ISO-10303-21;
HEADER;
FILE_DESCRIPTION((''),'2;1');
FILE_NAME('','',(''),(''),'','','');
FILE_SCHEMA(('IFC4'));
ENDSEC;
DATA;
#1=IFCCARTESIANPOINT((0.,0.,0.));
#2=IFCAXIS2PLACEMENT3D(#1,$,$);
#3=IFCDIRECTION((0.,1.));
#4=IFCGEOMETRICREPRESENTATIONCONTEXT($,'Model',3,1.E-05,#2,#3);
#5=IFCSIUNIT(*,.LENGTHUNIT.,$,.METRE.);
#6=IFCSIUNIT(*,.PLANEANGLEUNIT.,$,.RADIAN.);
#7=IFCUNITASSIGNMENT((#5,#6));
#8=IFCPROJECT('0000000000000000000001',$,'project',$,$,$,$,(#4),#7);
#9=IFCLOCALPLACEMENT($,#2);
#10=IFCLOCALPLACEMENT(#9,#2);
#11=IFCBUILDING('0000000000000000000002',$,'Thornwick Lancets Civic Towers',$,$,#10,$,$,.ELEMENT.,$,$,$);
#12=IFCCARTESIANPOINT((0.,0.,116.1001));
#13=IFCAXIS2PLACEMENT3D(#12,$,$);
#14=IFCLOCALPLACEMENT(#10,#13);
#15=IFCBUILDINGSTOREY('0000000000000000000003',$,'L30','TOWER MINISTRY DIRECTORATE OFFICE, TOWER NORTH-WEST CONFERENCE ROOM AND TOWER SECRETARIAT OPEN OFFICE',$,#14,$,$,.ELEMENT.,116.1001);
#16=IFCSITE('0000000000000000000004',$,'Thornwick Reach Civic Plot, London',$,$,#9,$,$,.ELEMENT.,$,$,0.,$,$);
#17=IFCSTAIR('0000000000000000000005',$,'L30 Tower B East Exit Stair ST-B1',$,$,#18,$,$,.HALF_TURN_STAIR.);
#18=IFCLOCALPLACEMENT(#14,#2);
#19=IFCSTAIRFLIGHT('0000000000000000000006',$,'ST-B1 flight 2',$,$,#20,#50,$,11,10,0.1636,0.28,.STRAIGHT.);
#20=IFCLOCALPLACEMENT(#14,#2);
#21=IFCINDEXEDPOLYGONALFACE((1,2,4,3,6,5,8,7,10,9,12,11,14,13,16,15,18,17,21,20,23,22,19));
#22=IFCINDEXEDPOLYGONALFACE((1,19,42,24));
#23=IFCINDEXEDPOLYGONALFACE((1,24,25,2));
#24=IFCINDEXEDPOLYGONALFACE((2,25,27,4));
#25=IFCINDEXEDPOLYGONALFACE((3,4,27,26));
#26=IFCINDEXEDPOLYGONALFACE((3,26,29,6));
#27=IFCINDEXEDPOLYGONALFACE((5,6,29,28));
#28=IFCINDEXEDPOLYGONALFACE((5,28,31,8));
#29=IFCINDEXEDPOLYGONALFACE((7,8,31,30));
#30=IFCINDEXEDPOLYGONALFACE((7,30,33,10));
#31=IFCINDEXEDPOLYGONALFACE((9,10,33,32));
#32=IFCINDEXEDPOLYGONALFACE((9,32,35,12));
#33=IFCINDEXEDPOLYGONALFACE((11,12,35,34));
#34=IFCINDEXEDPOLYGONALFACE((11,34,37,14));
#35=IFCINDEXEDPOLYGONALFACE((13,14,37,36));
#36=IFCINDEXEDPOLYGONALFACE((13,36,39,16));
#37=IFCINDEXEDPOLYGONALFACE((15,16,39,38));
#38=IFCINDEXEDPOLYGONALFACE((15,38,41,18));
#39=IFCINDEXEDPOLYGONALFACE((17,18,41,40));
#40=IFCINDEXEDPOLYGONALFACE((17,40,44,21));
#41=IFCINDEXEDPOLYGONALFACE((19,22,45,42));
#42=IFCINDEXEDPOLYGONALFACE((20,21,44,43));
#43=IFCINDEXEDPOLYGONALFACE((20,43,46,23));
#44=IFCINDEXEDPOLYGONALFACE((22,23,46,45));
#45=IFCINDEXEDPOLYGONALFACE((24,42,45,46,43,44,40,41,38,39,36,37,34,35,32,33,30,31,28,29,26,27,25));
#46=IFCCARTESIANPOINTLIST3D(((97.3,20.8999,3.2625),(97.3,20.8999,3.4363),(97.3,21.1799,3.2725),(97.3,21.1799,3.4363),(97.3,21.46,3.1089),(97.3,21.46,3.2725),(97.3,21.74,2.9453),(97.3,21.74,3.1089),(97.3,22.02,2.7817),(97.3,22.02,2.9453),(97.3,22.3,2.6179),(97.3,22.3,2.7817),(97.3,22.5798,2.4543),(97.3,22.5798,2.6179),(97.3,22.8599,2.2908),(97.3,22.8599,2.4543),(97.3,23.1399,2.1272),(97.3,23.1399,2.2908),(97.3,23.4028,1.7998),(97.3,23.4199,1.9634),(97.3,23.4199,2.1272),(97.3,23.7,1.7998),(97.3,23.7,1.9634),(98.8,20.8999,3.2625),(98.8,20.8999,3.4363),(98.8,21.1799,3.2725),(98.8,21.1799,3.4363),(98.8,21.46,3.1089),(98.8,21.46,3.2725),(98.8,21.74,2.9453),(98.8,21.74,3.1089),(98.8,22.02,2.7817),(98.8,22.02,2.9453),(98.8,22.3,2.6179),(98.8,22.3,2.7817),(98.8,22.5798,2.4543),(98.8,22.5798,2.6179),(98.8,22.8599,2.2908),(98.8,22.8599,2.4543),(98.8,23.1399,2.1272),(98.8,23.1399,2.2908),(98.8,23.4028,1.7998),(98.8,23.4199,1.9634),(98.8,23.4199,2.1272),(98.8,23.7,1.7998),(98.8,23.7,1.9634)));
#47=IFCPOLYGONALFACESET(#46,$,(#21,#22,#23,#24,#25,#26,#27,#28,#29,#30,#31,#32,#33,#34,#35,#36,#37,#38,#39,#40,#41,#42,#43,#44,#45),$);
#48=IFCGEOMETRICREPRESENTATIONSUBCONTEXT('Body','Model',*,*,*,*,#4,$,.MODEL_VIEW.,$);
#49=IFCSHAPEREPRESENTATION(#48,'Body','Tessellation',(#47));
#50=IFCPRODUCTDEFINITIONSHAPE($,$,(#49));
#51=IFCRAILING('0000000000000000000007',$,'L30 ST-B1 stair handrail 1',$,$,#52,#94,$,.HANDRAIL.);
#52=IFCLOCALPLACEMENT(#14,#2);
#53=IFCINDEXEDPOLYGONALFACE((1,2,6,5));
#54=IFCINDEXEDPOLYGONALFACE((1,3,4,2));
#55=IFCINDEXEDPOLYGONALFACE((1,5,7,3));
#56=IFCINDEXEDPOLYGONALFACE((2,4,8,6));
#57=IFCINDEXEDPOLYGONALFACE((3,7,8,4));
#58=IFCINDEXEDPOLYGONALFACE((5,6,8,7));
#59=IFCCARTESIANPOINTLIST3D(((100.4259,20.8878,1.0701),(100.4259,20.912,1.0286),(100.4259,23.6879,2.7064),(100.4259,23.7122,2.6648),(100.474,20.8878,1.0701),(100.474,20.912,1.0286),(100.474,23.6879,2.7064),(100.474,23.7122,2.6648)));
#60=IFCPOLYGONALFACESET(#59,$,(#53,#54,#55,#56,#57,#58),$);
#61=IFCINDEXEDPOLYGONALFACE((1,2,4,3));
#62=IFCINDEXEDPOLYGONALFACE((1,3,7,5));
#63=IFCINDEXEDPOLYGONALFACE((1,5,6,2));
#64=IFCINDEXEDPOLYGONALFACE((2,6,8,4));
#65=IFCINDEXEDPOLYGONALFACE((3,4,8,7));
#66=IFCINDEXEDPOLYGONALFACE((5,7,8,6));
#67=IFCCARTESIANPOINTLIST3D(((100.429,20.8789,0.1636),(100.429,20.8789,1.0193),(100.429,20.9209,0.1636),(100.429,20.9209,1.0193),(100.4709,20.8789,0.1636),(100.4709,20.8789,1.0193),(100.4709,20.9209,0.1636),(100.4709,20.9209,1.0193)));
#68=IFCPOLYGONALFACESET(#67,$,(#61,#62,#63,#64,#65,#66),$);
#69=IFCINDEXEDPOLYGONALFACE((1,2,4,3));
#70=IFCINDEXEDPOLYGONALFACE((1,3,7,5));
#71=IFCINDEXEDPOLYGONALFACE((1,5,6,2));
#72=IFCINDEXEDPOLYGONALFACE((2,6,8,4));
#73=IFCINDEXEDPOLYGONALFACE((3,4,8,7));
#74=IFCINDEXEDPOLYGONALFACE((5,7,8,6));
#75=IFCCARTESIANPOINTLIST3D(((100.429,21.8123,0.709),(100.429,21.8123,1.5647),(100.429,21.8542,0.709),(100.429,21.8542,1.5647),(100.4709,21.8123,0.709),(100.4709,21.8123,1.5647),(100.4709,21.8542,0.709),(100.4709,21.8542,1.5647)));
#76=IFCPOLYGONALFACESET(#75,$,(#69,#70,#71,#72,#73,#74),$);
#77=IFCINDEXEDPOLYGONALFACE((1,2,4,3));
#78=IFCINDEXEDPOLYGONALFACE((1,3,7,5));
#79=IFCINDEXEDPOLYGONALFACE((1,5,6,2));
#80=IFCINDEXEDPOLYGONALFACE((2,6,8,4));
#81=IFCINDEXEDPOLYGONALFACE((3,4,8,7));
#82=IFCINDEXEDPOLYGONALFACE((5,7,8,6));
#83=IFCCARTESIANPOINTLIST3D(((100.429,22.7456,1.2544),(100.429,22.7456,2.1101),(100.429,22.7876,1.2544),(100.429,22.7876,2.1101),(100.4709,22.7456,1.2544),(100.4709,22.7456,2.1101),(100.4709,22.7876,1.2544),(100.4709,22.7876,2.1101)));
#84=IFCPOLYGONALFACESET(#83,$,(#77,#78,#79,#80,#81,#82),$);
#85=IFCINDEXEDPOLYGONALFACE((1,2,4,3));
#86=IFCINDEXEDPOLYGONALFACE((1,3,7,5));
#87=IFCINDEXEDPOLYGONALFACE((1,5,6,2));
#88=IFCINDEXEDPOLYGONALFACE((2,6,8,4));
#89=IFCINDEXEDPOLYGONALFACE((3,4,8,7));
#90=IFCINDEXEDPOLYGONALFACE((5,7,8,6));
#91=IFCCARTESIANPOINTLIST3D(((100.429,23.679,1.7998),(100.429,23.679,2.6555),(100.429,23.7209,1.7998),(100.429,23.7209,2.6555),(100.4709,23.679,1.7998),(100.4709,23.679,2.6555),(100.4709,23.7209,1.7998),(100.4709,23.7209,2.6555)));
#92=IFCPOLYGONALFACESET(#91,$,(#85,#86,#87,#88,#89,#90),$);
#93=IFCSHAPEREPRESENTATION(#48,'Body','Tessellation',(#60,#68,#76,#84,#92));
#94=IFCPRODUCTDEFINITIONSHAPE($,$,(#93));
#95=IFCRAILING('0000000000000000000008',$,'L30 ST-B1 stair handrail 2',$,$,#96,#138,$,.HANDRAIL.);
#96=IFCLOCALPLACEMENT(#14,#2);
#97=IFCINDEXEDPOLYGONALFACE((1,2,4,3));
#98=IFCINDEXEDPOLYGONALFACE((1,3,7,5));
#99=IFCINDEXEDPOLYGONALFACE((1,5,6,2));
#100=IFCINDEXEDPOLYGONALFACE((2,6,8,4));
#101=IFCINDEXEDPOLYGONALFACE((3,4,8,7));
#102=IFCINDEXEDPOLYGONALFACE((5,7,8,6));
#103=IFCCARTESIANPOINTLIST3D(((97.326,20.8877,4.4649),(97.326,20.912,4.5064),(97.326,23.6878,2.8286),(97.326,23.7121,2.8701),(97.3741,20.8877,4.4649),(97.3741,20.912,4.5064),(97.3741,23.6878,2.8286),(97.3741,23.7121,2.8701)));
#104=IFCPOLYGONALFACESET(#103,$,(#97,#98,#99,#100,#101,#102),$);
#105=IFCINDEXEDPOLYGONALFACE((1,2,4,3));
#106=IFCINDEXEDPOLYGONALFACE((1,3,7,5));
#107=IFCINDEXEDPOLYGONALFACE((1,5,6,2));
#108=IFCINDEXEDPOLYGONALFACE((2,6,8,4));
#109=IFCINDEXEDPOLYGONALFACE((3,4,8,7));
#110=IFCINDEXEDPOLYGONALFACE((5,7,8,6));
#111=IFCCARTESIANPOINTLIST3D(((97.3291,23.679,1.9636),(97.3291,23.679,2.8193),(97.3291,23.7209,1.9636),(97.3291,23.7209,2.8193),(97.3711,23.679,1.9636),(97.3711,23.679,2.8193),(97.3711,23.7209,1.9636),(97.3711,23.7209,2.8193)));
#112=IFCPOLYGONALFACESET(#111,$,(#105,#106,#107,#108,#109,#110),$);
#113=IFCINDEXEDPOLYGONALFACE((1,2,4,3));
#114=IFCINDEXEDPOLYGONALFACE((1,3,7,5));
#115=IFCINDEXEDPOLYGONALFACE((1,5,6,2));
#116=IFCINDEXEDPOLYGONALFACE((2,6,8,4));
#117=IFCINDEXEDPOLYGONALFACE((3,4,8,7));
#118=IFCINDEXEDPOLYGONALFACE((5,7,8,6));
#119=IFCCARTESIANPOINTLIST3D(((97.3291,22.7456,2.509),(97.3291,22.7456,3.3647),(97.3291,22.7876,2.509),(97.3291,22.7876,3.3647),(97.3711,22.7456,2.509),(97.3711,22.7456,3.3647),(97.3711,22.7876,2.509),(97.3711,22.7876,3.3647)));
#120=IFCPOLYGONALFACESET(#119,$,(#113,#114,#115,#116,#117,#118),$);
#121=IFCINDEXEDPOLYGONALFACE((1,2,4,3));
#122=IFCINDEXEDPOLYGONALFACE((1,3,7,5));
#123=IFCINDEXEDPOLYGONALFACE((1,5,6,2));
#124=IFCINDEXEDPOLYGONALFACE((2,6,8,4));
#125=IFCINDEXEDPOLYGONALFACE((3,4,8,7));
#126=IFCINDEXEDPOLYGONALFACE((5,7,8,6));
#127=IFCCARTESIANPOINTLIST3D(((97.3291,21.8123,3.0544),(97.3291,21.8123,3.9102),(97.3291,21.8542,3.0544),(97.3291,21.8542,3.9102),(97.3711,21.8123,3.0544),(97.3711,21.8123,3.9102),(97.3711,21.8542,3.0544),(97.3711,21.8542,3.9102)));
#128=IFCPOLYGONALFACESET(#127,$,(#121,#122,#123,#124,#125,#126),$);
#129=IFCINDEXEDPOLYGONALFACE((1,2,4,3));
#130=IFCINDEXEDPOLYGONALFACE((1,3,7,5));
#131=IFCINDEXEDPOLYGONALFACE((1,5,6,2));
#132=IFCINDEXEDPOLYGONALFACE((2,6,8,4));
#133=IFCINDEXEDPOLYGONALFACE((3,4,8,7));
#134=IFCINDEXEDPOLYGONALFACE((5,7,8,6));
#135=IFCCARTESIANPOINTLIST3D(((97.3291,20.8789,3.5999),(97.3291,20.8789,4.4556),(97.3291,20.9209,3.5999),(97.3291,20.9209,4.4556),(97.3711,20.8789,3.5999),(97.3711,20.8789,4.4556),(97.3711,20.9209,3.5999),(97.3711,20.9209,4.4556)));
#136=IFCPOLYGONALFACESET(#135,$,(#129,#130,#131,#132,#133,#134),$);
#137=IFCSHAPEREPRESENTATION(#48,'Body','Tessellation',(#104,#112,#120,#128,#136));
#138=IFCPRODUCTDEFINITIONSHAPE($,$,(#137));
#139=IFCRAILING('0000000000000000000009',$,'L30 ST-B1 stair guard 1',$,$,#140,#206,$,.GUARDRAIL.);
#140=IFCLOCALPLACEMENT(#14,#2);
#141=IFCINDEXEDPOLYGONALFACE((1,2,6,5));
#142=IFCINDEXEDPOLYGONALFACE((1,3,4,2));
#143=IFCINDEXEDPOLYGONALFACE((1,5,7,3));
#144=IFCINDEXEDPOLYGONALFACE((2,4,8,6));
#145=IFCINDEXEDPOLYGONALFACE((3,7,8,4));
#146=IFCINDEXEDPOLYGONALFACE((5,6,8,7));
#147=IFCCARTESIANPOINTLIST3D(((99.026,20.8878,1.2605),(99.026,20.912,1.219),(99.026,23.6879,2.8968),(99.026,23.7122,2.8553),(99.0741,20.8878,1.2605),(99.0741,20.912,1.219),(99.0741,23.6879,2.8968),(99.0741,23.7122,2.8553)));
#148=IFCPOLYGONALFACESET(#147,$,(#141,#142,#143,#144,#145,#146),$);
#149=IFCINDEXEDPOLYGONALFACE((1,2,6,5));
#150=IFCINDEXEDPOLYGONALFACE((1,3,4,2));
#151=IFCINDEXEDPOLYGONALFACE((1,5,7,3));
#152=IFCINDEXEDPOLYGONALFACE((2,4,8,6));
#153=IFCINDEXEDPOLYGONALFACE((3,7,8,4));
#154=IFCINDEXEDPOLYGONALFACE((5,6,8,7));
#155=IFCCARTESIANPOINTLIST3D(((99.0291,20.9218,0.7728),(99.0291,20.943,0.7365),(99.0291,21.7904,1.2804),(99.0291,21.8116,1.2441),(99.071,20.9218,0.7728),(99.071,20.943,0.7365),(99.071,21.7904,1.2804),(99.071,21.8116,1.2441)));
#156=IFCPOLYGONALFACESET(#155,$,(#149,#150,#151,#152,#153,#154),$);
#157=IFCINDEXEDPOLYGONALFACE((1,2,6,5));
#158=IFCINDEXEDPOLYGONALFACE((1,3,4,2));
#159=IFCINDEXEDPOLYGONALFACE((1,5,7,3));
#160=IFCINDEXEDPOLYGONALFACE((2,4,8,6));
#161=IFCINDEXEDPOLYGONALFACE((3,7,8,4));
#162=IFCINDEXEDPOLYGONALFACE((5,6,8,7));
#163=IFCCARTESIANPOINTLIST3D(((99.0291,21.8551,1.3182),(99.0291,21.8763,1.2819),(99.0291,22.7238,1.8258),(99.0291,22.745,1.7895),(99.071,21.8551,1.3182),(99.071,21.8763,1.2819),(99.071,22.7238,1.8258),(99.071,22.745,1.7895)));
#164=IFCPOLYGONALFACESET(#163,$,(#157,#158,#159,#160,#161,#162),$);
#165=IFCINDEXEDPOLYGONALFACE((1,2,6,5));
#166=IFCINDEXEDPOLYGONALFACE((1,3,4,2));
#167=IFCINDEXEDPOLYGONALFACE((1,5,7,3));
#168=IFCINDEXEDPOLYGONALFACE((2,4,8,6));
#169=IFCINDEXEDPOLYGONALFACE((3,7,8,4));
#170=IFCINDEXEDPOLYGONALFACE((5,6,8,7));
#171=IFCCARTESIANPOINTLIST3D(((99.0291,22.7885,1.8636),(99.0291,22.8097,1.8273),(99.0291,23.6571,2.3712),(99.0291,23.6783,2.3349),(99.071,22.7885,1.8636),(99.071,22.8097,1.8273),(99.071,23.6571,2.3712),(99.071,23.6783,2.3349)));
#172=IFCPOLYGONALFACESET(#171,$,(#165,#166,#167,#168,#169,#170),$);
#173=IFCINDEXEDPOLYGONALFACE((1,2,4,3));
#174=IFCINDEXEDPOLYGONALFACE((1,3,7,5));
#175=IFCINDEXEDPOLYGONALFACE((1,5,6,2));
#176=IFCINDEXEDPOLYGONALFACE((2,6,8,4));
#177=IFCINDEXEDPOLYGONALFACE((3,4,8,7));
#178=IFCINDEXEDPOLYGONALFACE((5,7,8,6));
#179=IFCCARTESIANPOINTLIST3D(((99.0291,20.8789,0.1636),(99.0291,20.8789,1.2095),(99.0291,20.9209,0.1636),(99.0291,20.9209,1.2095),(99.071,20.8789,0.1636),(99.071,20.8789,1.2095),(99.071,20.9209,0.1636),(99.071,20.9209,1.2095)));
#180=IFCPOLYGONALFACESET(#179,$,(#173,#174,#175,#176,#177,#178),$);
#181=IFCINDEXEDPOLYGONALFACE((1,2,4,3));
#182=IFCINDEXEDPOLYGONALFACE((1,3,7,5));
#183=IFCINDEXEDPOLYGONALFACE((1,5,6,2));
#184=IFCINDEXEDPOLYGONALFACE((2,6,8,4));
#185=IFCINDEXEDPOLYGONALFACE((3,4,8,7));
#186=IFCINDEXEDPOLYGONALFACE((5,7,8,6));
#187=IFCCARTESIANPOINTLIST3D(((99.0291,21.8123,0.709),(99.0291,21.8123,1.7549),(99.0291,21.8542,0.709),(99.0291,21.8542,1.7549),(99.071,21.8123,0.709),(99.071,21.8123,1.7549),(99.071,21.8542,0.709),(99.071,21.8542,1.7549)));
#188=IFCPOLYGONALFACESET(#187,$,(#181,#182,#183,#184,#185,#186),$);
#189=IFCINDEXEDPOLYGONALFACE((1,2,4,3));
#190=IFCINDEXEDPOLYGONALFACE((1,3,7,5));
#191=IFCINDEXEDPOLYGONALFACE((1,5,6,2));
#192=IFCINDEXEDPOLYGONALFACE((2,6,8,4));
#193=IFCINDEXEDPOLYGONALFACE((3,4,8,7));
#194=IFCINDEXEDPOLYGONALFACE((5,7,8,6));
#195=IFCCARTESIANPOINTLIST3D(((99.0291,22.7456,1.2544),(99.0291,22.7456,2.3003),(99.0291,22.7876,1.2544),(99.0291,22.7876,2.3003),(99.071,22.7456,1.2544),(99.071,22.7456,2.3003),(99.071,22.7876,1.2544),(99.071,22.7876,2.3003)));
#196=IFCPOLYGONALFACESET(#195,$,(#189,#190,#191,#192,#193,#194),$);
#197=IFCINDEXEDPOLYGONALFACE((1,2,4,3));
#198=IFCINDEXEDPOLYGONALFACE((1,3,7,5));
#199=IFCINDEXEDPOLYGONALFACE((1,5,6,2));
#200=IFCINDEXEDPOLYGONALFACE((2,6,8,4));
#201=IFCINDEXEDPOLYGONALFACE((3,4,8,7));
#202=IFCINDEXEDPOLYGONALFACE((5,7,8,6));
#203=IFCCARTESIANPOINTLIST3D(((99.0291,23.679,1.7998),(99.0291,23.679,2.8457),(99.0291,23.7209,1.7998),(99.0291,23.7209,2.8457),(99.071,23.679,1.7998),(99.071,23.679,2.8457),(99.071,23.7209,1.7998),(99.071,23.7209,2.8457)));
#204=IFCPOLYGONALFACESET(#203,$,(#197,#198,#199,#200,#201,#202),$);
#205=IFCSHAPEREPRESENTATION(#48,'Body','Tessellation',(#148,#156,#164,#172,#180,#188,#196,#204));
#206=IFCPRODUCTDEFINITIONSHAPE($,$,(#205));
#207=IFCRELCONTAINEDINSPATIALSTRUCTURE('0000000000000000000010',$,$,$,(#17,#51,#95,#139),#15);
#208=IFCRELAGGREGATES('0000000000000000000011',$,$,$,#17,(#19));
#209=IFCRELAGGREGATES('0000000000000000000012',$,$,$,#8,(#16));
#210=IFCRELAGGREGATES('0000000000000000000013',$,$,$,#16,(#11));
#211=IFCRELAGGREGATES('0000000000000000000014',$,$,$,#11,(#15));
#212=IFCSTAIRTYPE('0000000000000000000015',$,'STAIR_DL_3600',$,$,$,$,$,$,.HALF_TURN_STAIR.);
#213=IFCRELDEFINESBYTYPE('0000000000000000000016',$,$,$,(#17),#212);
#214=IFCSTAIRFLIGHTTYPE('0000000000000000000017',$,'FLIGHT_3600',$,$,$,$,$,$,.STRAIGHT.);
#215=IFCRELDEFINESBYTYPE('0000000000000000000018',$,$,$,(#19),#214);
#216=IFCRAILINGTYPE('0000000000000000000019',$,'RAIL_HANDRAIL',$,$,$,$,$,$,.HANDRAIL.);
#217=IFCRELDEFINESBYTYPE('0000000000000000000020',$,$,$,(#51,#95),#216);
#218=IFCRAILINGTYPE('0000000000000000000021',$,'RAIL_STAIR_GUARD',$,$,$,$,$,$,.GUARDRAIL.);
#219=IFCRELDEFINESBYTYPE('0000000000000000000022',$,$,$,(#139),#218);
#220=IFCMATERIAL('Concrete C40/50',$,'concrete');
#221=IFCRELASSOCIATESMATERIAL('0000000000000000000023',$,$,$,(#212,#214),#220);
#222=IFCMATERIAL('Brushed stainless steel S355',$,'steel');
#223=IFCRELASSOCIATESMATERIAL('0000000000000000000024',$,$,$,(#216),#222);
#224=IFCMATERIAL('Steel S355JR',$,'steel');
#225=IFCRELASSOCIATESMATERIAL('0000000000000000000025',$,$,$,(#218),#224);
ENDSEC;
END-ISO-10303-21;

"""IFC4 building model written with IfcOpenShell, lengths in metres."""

from ifc_helpers import new_model, si_unit, direction, frame, origin, origin_2d, place, context, subcontext, project, spatial, polyline, rectangle, outline, extrude, material, type_object, element, aggregate, save


model = new_model("IFC4")

# Units and contexts
model_context = context("Model", 3, precision=1e-05, world=origin(), true_north=direction((0.0, 1.0)))
body_context = subcontext(model_context, "Body", "Model", "MODEL_VIEW")
ifc_project = project(units=[si_unit("LENGTHUNIT", "METRE"), si_unit("PLANEANGLEUNIT", "RADIAN")], contexts=[model_context])

# Site, building, storey
site_placement = place(None, origin())
site = spatial("IfcSite", under=ifc_project, at=site_placement, Name="Thornwick Reach Civic Plot, London", CompositionType="ELEMENT", RefElevation=0.0)
building_placement = place(site_placement, origin())
building = spatial("IfcBuilding", under=site, at=building_placement, Name="Thornwick Lancets Civic Towers", CompositionType="ELEMENT")
storey_placement = place(building_placement, frame((0.0, 0.0, 116.1001)))
storey = spatial("IfcBuildingStorey", under=building, at=storey_placement, Name="L30", Description="TOWER MINISTRY DIRECTORATE OFFICE, TOWER NORTH-WEST CONFERENCE ROOM AND TOWER SECRETARIAT OPEN OFFICE", CompositionType="ELEMENT", Elevation=116.1001)

# Shared definitions
ifc_material_1 = material(Name="Concrete C40/50", Category="concrete")

# Stair, stair flight
stair_type = type_object("IfcStairType", Name="STAIR_DL_3600", PredefinedType="HALF_TURN_STAIR", material=ifc_material_1)
stair_placement = place(storey_placement, origin())
stair = element("IfcStair", 1, at=stair_placement, inside=storey, type_object=stair_type, Name="L30 Tower B East Exit Stair ST-B1", PredefinedType="HALF_TURN_STAIR")
stair_flight_type = type_object("IfcStairFlightType", Name="FLIGHT_3600", PredefinedType="STRAIGHT", material=ifc_material_1)
stair_flight_1_placement = place(storey_placement, frame((98.05, 23.7, 1.7998), z_axis=(0.0, 0.0, 1.0), x_axis=(0.0, -1.0, 0.0)))
stair_flight_1 = element("IfcStairFlight", 2, at=stair_flight_1_placement, type_object=stair_flight_type, Name="ST-B1 flight 2", NumberOfRisers=11, NumberOfTreads=10, PredefinedType="STRAIGHT", RiserHeight=0.1636, TreadLength=0.28, context=body_context, shape_type="SweptSolid", body=[
    extrude(outline(polyline([(0.0, 0.0), (0.0, 0.1636), (0.28, 0.1636), (0.28, 0.3274), (0.5601, 0.3274), (0.5601, 0.491), (0.8401, 0.491), (0.8401, 0.6545), (1.1201, 0.6545), (1.1201, 0.8181), (1.3999, 0.8181), (1.3999, 0.9819), (1.6799, 0.9819), (1.6799, 1.1455), (1.96, 1.1455), (1.96, 1.3091), (2.24, 1.3091), (2.24, 1.4727), (2.52, 1.4727), (2.52, 1.6365), (2.8, 1.6365), (2.8, 1.8), (2.8, 1.4626), (0.2971, 0.0), (0.0, 0.0)])), frame((0.0, 0.75, 0.0), z_axis=(0.0, -1.0, 0.0), x_axis=(1.0, 0.0, 0.0)), (0.0, 0.0, 1.0), 1.5),
])
aggregate(stair, [stair_flight_1])

# Railings
ifc_material_2 = material(Name="Brushed stainless steel S355", Category="steel")
railing_type_1 = type_object("IfcRailingType", Name="RAIL_HANDRAIL", PredefinedType="HANDRAIL", material=ifc_material_2)
railing_1_placement = place(storey_placement, frame((100.45, 20.8999, 0.1636)))
element("IfcRailing", 3, at=railing_1_placement, inside=storey, type_object=railing_type_1, Name="L30 ST-B1 stair handrail 1", PredefinedType="HANDRAIL", context=body_context, shape_type="SweptSolid", body=[
    extrude(rectangle(XDim=0.0481, YDim=0.0481, at=origin_2d()), frame((0.0, 0.0, 0.8857), z_axis=(0.0, 0.863394, 0.504531), x_axis=(-1.0, 0.0, 0.0)), (0.0, 0.0, 1.0), 3.2432),
    extrude(rectangle(XDim=0.042, YDim=0.042, at=origin_2d()), origin(), (0.0, 0.0, 1.0), 0.8557),
    extrude(rectangle(XDim=0.042, YDim=0.042, at=origin_2d()), frame((0.0, 0.9333, 0.5454)), (0.0, 0.0, 1.0), 0.8557),
    extrude(rectangle(XDim=0.042, YDim=0.042, at=origin_2d()), frame((0.0, 1.8667, 1.0908)), (0.0, 0.0, 1.0), 0.8557),
    extrude(rectangle(XDim=0.042, YDim=0.042, at=origin_2d()), frame((0.0, 2.8, 1.6362)), (0.0, 0.0, 1.0), 0.8557),
])
railing_2_placement = place(storey_placement, frame((97.3501, 23.7, 1.9636)))
element("IfcRailing", 4, at=railing_2_placement, inside=storey, type_object=railing_type_1, Name="L30 ST-B1 stair handrail 2", PredefinedType="HANDRAIL", context=body_context, shape_type="SweptSolid", body=[
    extrude(rectangle(XDim=0.0481, YDim=0.0481, at=origin_2d()), frame((0.0, 0.0, 0.8857), z_axis=(0.0, -0.863394, 0.504531), x_axis=(1.0, 0.0, 0.0)), (0.0, 0.0, 1.0), 3.2432),
    extrude(rectangle(XDim=0.042, YDim=0.042, at=origin_2d()), origin(), (0.0, 0.0, 1.0), 0.8557),
    extrude(rectangle(XDim=0.042, YDim=0.042, at=origin_2d()), frame((0.0, -0.9333, 0.5454)), (0.0, 0.0, 1.0), 0.8557),
    extrude(rectangle(XDim=0.042, YDim=0.042, at=origin_2d()), frame((0.0, -1.8667, 1.0908)), (0.0, 0.0, 1.0), 0.8557),
    extrude(rectangle(XDim=0.042, YDim=0.042, at=origin_2d()), frame((0.0, -2.8, 1.6362)), (0.0, 0.0, 1.0), 0.8557),
])
ifc_material_3 = material(Name="Steel S355JR", Category="steel")
railing_type_2 = type_object("IfcRailingType", Name="RAIL_STAIR_GUARD", PredefinedType="GUARDRAIL", material=ifc_material_3)
railing_3_placement = place(storey_placement, frame((99.05, 20.8999, 0.1636)))
element("IfcRailing", 5, at=railing_3_placement, inside=storey, type_object=railing_type_2, Name="L30 ST-B1 stair guard 1", PredefinedType="GUARDRAIL", context=body_context, shape_type="SweptSolid", body=[
    extrude(rectangle(XDim=0.0481, YDim=0.0481, at=origin_2d()), frame((0.0, 0.0, 1.0762), z_axis=(0.0, 0.863394, 0.504531), x_axis=(-1.0, 0.0, 0.0)), (0.0, 0.0, 1.0), 3.2432),
    extrude(rectangle(XDim=0.042, YDim=0.042, at=origin_2d()), frame((0.0, 0.0325, 0.5911), z_axis=(0.0, 0.863394, 0.504531), x_axis=(-1.0, 0.0, 0.0)), (0.0, 0.0, 1.0), 1.0061),
    extrude(rectangle(XDim=0.042, YDim=0.042, at=origin_2d()), frame((0.0, 0.9658, 1.1365), z_axis=(0.0, 0.863394, 0.504531), x_axis=(-1.0, 0.0, 0.0)), (0.0, 0.0, 1.0), 1.0061),
    extrude(rectangle(XDim=0.042, YDim=0.042, at=origin_2d()), frame((0.0, 1.8992, 1.6819), z_axis=(0.0, 0.863394, 0.504531), x_axis=(-1.0, 0.0, 0.0)), (0.0, 0.0, 1.0), 1.0061),
    extrude(rectangle(XDim=0.042, YDim=0.042, at=origin_2d()), origin(), (0.0, 0.0, 1.0), 1.0459),
    extrude(rectangle(XDim=0.042, YDim=0.042, at=origin_2d()), frame((0.0, 0.9333, 0.5454)), (0.0, 0.0, 1.0), 1.0459),
    extrude(rectangle(XDim=0.042, YDim=0.042, at=origin_2d()), frame((0.0, 1.8667, 1.0908)), (0.0, 0.0, 1.0), 1.0459),
    extrude(rectangle(XDim=0.042, YDim=0.042, at=origin_2d()), frame((0.0, 2.8, 1.6362)), (0.0, 0.0, 1.0), 1.0459),
])

save(model, "model.ifc")
